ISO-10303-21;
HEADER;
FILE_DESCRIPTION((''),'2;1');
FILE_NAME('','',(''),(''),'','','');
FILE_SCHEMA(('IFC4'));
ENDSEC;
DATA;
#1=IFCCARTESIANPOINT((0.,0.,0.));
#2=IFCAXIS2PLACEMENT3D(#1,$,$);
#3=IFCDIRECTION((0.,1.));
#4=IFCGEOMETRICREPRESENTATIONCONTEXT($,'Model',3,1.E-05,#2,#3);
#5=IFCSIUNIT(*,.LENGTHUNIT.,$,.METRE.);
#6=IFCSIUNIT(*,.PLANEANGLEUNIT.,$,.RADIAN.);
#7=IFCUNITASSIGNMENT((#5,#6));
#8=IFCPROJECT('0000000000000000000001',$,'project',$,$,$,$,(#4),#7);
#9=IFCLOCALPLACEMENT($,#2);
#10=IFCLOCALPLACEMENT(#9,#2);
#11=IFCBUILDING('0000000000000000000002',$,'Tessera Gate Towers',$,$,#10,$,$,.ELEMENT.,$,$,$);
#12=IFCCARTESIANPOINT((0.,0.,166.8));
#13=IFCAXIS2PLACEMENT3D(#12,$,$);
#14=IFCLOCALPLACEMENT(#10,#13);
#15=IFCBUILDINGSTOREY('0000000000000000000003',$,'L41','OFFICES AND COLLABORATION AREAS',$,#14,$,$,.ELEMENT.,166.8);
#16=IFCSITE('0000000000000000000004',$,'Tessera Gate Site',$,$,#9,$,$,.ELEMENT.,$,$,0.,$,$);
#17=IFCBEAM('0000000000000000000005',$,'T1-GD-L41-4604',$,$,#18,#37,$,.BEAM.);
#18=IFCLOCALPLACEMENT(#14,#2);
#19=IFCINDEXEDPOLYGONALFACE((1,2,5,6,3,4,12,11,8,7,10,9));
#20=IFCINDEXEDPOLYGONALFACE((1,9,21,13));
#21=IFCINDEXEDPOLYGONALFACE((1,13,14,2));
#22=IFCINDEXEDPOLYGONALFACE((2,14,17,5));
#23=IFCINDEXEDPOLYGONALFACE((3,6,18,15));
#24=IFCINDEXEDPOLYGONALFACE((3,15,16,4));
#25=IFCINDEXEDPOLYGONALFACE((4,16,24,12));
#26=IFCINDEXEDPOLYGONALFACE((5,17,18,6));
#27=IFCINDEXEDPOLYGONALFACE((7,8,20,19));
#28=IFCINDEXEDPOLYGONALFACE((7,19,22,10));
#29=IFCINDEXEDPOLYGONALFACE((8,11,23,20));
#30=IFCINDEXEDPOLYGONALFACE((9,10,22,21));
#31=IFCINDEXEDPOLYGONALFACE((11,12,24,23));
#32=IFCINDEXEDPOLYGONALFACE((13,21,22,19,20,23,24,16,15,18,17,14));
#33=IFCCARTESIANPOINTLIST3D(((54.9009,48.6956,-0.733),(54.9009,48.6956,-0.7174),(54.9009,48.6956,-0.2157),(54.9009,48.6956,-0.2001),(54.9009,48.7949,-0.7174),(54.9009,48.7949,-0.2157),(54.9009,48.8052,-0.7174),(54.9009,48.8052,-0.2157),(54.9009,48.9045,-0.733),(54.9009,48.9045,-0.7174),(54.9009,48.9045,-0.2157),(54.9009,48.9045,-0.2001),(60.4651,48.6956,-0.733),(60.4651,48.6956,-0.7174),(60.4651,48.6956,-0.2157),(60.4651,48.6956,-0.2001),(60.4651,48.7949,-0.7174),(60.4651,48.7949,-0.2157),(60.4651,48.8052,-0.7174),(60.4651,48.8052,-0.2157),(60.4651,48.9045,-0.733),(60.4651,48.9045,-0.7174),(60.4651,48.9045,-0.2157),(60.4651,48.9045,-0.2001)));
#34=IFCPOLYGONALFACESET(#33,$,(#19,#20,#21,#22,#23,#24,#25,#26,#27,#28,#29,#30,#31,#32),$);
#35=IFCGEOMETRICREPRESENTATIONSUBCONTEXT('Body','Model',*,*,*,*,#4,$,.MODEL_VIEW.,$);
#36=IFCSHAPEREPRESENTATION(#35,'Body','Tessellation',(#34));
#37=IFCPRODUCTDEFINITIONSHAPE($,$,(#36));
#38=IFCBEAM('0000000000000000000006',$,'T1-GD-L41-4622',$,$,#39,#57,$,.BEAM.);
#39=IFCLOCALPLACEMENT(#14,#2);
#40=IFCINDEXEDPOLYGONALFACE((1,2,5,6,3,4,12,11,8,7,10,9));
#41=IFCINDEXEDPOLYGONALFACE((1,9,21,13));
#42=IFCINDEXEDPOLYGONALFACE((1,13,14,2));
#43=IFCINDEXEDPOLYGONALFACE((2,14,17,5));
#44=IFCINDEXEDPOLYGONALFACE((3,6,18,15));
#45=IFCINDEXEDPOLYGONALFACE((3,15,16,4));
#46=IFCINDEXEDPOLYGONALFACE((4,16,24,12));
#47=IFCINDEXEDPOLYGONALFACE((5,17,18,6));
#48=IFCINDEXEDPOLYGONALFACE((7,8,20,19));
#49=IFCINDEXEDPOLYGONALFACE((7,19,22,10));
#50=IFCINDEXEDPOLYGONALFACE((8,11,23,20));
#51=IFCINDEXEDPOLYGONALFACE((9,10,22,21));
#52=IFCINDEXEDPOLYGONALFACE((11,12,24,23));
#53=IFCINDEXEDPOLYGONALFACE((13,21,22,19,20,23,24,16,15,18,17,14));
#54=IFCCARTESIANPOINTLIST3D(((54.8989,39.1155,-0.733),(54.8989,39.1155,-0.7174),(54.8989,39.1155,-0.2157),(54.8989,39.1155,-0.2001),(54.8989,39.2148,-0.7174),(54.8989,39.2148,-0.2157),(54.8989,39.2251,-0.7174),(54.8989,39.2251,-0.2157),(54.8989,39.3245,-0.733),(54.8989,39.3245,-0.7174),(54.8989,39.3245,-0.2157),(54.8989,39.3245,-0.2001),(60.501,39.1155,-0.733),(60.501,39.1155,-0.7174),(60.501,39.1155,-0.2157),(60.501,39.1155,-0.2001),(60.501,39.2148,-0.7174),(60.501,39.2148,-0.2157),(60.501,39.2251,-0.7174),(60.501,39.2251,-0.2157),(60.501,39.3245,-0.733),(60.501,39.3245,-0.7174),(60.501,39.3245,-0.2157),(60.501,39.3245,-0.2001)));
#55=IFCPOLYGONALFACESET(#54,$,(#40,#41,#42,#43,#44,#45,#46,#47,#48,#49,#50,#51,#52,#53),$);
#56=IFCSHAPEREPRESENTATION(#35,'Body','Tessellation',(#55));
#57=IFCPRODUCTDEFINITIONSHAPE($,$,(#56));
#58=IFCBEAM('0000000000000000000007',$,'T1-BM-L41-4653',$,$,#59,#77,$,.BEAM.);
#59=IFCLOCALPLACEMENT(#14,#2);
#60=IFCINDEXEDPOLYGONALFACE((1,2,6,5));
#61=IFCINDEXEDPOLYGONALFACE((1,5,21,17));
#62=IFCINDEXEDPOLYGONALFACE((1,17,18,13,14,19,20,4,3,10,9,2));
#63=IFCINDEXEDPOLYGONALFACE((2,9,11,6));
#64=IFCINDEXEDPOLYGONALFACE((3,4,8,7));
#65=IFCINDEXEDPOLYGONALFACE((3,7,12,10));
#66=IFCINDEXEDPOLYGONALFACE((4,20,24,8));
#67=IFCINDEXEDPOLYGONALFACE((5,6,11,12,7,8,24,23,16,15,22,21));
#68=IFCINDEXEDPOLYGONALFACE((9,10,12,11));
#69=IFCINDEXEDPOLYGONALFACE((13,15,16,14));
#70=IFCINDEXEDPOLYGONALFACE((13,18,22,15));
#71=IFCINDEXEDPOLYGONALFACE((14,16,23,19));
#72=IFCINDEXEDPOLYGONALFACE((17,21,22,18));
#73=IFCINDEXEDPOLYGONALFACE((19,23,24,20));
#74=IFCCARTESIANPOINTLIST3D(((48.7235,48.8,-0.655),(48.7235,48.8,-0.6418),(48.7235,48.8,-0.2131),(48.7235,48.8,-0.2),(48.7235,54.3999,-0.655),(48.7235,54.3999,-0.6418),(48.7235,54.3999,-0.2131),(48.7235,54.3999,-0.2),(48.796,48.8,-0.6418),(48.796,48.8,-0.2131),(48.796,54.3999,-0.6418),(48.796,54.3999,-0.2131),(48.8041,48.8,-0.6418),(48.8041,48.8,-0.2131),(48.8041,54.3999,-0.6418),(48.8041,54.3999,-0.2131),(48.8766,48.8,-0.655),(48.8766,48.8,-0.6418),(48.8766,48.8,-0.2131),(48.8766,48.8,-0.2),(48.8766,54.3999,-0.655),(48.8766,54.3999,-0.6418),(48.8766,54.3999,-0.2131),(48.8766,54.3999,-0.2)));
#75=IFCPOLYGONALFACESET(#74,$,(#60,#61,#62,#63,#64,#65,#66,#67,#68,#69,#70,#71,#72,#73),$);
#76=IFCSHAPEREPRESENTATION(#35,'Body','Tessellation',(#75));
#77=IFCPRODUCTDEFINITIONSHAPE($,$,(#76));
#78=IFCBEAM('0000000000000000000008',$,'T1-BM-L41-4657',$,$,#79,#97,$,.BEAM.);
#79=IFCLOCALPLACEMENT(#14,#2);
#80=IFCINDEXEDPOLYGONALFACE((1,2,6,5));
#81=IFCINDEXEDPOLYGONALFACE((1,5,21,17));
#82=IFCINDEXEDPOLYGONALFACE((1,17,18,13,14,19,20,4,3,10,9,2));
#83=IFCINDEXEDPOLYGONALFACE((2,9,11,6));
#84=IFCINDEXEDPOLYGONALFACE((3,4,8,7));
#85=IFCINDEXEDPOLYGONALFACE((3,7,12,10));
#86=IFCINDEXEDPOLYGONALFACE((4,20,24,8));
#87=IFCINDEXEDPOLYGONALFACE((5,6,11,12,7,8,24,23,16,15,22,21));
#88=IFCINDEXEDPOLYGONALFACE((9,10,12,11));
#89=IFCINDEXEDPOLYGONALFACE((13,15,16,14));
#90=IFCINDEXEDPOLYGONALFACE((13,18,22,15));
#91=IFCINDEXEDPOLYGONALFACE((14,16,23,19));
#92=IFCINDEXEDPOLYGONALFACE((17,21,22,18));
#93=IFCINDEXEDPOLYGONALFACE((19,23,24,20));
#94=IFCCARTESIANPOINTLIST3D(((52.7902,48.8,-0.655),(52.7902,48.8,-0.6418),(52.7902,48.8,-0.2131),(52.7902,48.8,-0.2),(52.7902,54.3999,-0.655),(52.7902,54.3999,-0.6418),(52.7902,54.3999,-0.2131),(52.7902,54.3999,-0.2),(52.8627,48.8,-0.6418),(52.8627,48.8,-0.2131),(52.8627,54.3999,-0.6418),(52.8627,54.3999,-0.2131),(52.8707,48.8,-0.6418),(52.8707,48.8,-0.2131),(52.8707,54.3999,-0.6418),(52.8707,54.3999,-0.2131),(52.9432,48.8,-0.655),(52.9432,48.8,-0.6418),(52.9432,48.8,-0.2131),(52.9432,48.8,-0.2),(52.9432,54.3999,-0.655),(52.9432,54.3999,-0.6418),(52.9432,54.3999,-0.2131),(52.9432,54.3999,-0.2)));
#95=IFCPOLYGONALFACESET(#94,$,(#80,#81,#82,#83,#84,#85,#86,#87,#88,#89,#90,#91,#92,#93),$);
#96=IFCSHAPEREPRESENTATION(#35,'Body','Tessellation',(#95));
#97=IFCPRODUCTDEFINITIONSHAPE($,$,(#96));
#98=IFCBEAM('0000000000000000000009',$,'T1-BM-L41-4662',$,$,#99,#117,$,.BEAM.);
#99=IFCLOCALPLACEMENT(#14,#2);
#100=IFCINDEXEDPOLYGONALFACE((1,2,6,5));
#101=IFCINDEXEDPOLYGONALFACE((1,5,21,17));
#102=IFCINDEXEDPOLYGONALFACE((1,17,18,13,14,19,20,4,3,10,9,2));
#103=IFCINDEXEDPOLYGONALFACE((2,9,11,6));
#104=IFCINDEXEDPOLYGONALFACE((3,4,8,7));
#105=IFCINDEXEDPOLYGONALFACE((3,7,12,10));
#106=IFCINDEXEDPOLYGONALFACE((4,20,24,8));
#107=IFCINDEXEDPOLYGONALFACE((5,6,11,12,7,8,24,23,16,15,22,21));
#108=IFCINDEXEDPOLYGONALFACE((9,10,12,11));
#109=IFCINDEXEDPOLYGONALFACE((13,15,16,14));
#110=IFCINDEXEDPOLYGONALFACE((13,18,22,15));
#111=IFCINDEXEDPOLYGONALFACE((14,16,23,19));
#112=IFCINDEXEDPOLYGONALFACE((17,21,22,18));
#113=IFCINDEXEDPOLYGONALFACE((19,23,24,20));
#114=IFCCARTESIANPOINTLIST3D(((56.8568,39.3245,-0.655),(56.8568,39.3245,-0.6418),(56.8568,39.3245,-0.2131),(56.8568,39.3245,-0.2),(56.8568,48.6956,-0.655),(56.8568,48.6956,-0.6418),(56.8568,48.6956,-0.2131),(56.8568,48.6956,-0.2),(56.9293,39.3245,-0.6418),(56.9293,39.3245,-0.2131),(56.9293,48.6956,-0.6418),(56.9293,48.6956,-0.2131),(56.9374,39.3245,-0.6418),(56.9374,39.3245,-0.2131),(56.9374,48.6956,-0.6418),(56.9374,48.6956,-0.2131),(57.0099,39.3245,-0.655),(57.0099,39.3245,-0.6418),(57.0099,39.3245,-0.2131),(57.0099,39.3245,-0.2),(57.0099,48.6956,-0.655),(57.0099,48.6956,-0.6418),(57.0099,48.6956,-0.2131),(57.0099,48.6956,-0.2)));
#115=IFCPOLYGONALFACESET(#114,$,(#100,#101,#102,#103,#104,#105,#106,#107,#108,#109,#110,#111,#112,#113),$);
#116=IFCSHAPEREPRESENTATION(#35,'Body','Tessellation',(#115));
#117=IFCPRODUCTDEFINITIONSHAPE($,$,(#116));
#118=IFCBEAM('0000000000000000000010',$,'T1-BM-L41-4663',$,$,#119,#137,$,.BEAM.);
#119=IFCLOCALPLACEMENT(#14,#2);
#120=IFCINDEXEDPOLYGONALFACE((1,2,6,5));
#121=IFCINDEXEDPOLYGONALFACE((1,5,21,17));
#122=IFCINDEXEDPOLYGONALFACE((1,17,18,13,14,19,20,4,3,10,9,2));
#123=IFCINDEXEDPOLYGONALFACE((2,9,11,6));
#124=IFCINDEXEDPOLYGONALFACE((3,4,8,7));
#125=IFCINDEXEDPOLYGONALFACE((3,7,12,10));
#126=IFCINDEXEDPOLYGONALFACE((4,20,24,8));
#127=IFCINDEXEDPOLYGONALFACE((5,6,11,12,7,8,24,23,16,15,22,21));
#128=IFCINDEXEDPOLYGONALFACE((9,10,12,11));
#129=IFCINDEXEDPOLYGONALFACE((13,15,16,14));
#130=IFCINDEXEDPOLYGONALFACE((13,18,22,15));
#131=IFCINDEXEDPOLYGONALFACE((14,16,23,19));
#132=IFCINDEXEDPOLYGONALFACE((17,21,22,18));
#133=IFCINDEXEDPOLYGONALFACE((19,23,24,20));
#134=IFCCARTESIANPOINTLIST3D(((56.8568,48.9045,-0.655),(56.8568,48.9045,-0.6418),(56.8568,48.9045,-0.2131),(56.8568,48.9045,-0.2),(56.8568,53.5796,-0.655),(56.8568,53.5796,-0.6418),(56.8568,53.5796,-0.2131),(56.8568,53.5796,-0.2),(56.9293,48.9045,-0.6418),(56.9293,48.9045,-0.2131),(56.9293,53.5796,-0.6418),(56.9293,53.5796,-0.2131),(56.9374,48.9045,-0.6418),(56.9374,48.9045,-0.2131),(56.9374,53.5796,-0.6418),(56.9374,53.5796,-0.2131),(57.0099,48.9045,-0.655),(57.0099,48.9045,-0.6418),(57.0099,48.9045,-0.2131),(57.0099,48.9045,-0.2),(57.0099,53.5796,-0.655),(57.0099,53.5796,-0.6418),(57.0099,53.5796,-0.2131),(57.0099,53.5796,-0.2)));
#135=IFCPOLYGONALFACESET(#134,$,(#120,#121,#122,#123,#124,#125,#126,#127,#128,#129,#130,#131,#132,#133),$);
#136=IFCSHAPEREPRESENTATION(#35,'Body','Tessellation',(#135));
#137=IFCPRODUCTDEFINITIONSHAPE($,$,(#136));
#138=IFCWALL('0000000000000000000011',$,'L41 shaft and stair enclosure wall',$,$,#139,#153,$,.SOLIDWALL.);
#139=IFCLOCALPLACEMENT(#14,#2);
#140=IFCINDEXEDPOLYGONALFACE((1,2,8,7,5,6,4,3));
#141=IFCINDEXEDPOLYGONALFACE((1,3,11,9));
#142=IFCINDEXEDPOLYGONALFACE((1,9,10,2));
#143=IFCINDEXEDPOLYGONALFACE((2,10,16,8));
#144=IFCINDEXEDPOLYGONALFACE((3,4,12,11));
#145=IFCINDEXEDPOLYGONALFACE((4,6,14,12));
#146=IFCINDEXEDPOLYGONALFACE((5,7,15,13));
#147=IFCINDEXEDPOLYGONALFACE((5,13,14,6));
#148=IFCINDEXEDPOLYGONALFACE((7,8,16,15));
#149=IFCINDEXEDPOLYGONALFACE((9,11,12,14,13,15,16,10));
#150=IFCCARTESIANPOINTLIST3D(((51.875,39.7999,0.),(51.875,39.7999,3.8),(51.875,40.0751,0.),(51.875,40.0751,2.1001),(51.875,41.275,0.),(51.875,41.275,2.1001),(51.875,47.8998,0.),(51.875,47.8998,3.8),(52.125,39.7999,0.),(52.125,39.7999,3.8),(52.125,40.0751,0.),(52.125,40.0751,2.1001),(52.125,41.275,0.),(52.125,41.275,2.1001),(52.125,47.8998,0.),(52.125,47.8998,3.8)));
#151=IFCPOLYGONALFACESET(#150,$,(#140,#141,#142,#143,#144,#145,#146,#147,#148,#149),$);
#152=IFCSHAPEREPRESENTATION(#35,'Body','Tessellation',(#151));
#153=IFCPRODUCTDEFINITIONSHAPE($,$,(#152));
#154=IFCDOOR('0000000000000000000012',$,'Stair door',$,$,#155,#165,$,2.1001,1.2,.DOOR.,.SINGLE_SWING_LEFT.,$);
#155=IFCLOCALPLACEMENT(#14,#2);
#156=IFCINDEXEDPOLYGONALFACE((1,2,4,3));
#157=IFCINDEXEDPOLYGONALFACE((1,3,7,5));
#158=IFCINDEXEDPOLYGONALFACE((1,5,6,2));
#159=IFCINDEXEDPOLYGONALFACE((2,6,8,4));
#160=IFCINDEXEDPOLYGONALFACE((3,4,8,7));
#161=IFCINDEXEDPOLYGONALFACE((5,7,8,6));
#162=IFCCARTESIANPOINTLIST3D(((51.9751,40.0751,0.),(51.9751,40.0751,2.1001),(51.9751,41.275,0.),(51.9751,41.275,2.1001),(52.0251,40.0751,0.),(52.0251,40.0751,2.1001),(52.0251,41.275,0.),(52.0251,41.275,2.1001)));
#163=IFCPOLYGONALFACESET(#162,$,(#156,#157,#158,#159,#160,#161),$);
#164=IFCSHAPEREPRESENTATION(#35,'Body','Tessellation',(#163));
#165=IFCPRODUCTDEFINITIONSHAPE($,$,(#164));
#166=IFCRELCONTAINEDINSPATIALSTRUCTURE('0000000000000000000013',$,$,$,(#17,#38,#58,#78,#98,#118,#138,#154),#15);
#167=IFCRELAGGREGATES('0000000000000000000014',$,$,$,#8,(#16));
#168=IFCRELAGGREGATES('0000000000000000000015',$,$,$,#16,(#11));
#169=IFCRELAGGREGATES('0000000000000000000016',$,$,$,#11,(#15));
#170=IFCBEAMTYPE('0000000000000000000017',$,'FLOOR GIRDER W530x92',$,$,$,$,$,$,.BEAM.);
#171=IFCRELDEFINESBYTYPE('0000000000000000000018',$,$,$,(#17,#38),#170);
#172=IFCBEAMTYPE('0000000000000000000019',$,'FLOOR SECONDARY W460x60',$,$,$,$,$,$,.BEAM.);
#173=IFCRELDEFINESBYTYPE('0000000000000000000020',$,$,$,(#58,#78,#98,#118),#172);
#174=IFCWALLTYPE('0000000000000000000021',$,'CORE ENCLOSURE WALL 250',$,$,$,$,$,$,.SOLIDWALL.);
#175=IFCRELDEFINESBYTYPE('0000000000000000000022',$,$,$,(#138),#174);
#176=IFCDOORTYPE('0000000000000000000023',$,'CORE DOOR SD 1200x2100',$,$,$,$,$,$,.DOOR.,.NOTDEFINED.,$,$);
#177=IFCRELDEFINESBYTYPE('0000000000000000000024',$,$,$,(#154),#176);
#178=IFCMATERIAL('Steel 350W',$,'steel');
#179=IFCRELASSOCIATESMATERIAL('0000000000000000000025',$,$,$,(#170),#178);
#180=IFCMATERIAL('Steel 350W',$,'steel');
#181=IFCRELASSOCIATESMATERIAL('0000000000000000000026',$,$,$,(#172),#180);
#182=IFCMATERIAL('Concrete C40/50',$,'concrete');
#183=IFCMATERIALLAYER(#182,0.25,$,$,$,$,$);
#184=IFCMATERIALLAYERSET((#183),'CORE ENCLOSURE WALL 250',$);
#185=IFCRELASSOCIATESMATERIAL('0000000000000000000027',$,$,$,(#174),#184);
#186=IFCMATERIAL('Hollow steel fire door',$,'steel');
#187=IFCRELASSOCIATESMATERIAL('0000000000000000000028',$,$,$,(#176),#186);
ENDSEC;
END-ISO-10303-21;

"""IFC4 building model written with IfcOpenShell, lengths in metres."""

from ifc_helpers import new_model, si_unit, direction, frame, frame_2d, origin, origin_2d, place, context, subcontext, project, spatial, rectangle, i_section, extrude, source, transform, mapped, material, layer, layer_set, material_profile, profile_set, type_object, element, fill, save


model = new_model("IFC4")

# Units and contexts
model_context = context("Model", 3, precision=1e-05, world=origin(), true_north=direction((0.0, 1.0)))
body_context = subcontext(model_context, "Body", "Model", "MODEL_VIEW")
ifc_project = project(units=[si_unit("LENGTHUNIT", "METRE"), si_unit("PLANEANGLEUNIT", "RADIAN")], contexts=[model_context])

# Site, building, storey
site_placement = place(None, origin())
site = spatial("IfcSite", under=ifc_project, at=site_placement, Name="Tessera Gate Site", CompositionType="ELEMENT", RefElevation=0.0)
building_placement = place(site_placement, origin())
building = spatial("IfcBuilding", under=site, at=building_placement, Name="Tessera Gate Towers", CompositionType="ELEMENT")
storey_placement = place(building_placement, frame((0.0, 0.0, 166.8)))
storey = spatial("IfcBuildingStorey", under=building, at=storey_placement, Name="L41", Description="OFFICES AND COLLABORATION AREAS", CompositionType="ELEMENT", Elevation=166.8)

# Beams
ifc_material_1 = material(Name="Steel 350W", Category="steel")
ifc_material_profile_1 = material_profile(ifc_material_1, i_section(OverallWidth=0.209, OverallDepth=0.533, WebThickness=0.0103, FlangeThickness=0.0156, at=origin_2d()), Name="W530x92")
ifc_profile_set_1 = profile_set([ifc_material_profile_1], Name="Steel 350W")
beam_type_1 = type_object("IfcBeamType", Name="FLOOR GIRDER W530x92", PredefinedType="BEAM", material=ifc_profile_set_1)
beam_1_placement = place(storey_placement, frame((54.9009, 48.8, -0.4666), z_axis=(1.0, 0.0, 0.0), x_axis=(0.0, 1.0, 0.0)))
element("IfcBeam", 1, at=beam_1_placement, inside=storey, type_object=beam_type_1, Name="T1-GD-L41-4604", PredefinedType="BEAM", context=body_context, shape_type="SweptSolid", body=[
    extrude(i_section(OverallWidth=0.209, OverallDepth=0.533, WebThickness=0.0103, FlangeThickness=0.0156, at=origin_2d()), origin(), (0.0, 0.0, 1.0), 5.5642),
])
beam_2_placement = place(storey_placement, frame((54.8989, 39.22, -0.4666), z_axis=(1.0, 0.0, 0.0), x_axis=(0.0, 1.0, 0.0)))
element("IfcBeam", 2, at=beam_2_placement, inside=storey, type_object=beam_type_1, Name="T1-GD-L41-4622", PredefinedType="BEAM", context=body_context, shape_type="SweptSolid", body=[
    extrude(i_section(OverallWidth=0.209, OverallDepth=0.533, WebThickness=0.0103, FlangeThickness=0.0156, at=origin_2d()), origin(), (0.0, 0.0, 1.0), 5.6021),
])
ifc_material_2 = material(Name="Steel 350W", Category="steel")
ifc_material_profile_2 = material_profile(ifc_material_2, i_section(OverallWidth=0.1531, OverallDepth=0.4551, WebThickness=0.0081, FlangeThickness=0.0132, at=origin_2d()), Name="W460x60")
ifc_profile_set_2 = profile_set([ifc_material_profile_2], Name="Steel 350W")
beam_type_2 = type_object("IfcBeamType", Name="FLOOR SECONDARY W460x60", PredefinedType="BEAM", material=ifc_profile_set_2)
for number, where, z_axis, x_axis, name in (
    (3, (48.8, 48.8, -0.4275), (0.0, 1.0, 0.0), (-1.0, 0.0, 0.0), "T1-BM-L41-4653"),
    (4, (52.8667, 48.8, -0.4275), (0.0, 1.0, 0.0), (-1.0, 0.0, 0.0), "T1-BM-L41-4657"),
):
    element("IfcBeam", number, at=place(storey_placement, frame(where, z_axis=z_axis, x_axis=x_axis)), inside=storey, type_object=beam_type_2, Name=name, PredefinedType="BEAM", context=body_context, shape_type="SweptSolid", body=[
        extrude(i_section(OverallWidth=0.1531, OverallDepth=0.4551, WebThickness=0.0081, FlangeThickness=0.0132, at=origin_2d()), origin(), (0.0, 0.0, 1.0), 5.5999),
    ])
beam_3_placement = place(storey_placement, frame((56.9333, 39.3245, -0.4275), z_axis=(0.0, 1.0, 0.0), x_axis=(-1.0, 0.0, 0.0)))
element("IfcBeam", 5, at=beam_3_placement, inside=storey, type_object=beam_type_2, Name="T1-BM-L41-4662", PredefinedType="BEAM", context=body_context, shape_type="SweptSolid", body=[
    extrude(i_section(OverallWidth=0.1531, OverallDepth=0.4551, WebThickness=0.0081, FlangeThickness=0.0132, at=origin_2d()), origin(), (0.0, 0.0, 1.0), 9.3711),
])
beam_4_placement = place(storey_placement, frame((56.9333, 48.9045, -0.4275), z_axis=(0.0, 1.0, 0.0), x_axis=(-1.0, 0.0, 0.0)))
element("IfcBeam", 6, at=beam_4_placement, inside=storey, type_object=beam_type_2, Name="T1-BM-L41-4663", PredefinedType="BEAM", context=body_context, shape_type="SweptSolid", body=[
    extrude(i_section(OverallWidth=0.1531, OverallDepth=0.4551, WebThickness=0.0081, FlangeThickness=0.0132, at=origin_2d()), origin(), (0.0, 0.0, 1.0), 4.675),
])

# Wall, opening, door
ifc_material_3 = material(Name="Concrete C40/50", Category="concrete")
ifc_layer_1 = layer(ifc_material_3, 0.25)
ifc_layer_set_1 = layer_set([ifc_layer_1], Name="CORE ENCLOSURE WALL 250")
wall_type_1 = type_object("IfcWallType", Name="CORE ENCLOSURE WALL 250", PredefinedType="SOLIDWALL", material=ifc_layer_set_1)
wall_1_placement = place(storey_placement, frame((52.0, 39.8, 0.0), z_axis=(0.0, 0.0, 1.0), x_axis=(0.0, 1.0, 0.0)))
wall_1 = element("IfcWall", 7, at=wall_1_placement, inside=storey, type_object=wall_type_1, Name="L41 shaft and stair enclosure wall", PredefinedType="SOLIDWALL", context=body_context, shape_type="SweptSolid", body=[
    extrude(rectangle(XDim=8.0999, YDim=0.25, at=frame_2d((4.0498, 0.0))), origin(), (0.0, 0.0, 1.0), 3.8),
])
shared_shape_1 = source(origin(), body_context, "Body", "SweptSolid", [
    extrude(rectangle(XDim=1.2, YDim=2.1001, at=frame_2d((0.6001, 1.05))), frame((0.0, 0.135, 0.0), z_axis=(0.0, -1.0, 0.0), x_axis=(1.0, 0.0, 0.0)), (0.0, 0.0, 1.0), 0.27),
])
opening_1_placement = place(wall_1_placement, frame((0.2749, 0.0, 0.0)))
opening_1 = element("IfcOpeningElement", 8, at=opening_1_placement, cuts=wall_1, PredefinedType="OPENING", context=body_context, shape_type="MappedRepresentation", body=[
    mapped(shared_shape_1, transform((0.0, 0.0, 0.0), scale=1.0)),
])
ifc_material_4 = material(Name="Hollow steel fire door", Category="steel")
door_type_1 = type_object("IfcDoorType", Name="CORE DOOR SD 1200x2100", OperationType="NOTDEFINED", PredefinedType="DOOR", material=ifc_material_4)
shared_shape_2 = source(origin(), body_context, "Body", "SweptSolid", [
    extrude(rectangle(XDim=1.2, YDim=2.1001, at=frame_2d((0.6001, 1.05))), frame((0.0, 0.0249, 0.0), z_axis=(0.0, -1.0, 0.0), x_axis=(1.0, 0.0, 0.0)), (0.0, 0.0, 1.0), 0.05),
])
door_1_placement = place(opening_1_placement, origin())
door_1 = element("IfcDoor", 9, at=door_1_placement, inside=storey, type_object=door_type_1, Name="Stair door", OperationType="SINGLE_SWING_LEFT", OverallHeight=2.1001, OverallWidth=1.2, PredefinedType="DOOR", context=body_context, shape_type="MappedRepresentation", body=[
    mapped(shared_shape_2, transform((0.0, 0.0, 0.0), scale=1.0)),
])
fill(opening_1, door_1)

save(model, "model.ifc")
